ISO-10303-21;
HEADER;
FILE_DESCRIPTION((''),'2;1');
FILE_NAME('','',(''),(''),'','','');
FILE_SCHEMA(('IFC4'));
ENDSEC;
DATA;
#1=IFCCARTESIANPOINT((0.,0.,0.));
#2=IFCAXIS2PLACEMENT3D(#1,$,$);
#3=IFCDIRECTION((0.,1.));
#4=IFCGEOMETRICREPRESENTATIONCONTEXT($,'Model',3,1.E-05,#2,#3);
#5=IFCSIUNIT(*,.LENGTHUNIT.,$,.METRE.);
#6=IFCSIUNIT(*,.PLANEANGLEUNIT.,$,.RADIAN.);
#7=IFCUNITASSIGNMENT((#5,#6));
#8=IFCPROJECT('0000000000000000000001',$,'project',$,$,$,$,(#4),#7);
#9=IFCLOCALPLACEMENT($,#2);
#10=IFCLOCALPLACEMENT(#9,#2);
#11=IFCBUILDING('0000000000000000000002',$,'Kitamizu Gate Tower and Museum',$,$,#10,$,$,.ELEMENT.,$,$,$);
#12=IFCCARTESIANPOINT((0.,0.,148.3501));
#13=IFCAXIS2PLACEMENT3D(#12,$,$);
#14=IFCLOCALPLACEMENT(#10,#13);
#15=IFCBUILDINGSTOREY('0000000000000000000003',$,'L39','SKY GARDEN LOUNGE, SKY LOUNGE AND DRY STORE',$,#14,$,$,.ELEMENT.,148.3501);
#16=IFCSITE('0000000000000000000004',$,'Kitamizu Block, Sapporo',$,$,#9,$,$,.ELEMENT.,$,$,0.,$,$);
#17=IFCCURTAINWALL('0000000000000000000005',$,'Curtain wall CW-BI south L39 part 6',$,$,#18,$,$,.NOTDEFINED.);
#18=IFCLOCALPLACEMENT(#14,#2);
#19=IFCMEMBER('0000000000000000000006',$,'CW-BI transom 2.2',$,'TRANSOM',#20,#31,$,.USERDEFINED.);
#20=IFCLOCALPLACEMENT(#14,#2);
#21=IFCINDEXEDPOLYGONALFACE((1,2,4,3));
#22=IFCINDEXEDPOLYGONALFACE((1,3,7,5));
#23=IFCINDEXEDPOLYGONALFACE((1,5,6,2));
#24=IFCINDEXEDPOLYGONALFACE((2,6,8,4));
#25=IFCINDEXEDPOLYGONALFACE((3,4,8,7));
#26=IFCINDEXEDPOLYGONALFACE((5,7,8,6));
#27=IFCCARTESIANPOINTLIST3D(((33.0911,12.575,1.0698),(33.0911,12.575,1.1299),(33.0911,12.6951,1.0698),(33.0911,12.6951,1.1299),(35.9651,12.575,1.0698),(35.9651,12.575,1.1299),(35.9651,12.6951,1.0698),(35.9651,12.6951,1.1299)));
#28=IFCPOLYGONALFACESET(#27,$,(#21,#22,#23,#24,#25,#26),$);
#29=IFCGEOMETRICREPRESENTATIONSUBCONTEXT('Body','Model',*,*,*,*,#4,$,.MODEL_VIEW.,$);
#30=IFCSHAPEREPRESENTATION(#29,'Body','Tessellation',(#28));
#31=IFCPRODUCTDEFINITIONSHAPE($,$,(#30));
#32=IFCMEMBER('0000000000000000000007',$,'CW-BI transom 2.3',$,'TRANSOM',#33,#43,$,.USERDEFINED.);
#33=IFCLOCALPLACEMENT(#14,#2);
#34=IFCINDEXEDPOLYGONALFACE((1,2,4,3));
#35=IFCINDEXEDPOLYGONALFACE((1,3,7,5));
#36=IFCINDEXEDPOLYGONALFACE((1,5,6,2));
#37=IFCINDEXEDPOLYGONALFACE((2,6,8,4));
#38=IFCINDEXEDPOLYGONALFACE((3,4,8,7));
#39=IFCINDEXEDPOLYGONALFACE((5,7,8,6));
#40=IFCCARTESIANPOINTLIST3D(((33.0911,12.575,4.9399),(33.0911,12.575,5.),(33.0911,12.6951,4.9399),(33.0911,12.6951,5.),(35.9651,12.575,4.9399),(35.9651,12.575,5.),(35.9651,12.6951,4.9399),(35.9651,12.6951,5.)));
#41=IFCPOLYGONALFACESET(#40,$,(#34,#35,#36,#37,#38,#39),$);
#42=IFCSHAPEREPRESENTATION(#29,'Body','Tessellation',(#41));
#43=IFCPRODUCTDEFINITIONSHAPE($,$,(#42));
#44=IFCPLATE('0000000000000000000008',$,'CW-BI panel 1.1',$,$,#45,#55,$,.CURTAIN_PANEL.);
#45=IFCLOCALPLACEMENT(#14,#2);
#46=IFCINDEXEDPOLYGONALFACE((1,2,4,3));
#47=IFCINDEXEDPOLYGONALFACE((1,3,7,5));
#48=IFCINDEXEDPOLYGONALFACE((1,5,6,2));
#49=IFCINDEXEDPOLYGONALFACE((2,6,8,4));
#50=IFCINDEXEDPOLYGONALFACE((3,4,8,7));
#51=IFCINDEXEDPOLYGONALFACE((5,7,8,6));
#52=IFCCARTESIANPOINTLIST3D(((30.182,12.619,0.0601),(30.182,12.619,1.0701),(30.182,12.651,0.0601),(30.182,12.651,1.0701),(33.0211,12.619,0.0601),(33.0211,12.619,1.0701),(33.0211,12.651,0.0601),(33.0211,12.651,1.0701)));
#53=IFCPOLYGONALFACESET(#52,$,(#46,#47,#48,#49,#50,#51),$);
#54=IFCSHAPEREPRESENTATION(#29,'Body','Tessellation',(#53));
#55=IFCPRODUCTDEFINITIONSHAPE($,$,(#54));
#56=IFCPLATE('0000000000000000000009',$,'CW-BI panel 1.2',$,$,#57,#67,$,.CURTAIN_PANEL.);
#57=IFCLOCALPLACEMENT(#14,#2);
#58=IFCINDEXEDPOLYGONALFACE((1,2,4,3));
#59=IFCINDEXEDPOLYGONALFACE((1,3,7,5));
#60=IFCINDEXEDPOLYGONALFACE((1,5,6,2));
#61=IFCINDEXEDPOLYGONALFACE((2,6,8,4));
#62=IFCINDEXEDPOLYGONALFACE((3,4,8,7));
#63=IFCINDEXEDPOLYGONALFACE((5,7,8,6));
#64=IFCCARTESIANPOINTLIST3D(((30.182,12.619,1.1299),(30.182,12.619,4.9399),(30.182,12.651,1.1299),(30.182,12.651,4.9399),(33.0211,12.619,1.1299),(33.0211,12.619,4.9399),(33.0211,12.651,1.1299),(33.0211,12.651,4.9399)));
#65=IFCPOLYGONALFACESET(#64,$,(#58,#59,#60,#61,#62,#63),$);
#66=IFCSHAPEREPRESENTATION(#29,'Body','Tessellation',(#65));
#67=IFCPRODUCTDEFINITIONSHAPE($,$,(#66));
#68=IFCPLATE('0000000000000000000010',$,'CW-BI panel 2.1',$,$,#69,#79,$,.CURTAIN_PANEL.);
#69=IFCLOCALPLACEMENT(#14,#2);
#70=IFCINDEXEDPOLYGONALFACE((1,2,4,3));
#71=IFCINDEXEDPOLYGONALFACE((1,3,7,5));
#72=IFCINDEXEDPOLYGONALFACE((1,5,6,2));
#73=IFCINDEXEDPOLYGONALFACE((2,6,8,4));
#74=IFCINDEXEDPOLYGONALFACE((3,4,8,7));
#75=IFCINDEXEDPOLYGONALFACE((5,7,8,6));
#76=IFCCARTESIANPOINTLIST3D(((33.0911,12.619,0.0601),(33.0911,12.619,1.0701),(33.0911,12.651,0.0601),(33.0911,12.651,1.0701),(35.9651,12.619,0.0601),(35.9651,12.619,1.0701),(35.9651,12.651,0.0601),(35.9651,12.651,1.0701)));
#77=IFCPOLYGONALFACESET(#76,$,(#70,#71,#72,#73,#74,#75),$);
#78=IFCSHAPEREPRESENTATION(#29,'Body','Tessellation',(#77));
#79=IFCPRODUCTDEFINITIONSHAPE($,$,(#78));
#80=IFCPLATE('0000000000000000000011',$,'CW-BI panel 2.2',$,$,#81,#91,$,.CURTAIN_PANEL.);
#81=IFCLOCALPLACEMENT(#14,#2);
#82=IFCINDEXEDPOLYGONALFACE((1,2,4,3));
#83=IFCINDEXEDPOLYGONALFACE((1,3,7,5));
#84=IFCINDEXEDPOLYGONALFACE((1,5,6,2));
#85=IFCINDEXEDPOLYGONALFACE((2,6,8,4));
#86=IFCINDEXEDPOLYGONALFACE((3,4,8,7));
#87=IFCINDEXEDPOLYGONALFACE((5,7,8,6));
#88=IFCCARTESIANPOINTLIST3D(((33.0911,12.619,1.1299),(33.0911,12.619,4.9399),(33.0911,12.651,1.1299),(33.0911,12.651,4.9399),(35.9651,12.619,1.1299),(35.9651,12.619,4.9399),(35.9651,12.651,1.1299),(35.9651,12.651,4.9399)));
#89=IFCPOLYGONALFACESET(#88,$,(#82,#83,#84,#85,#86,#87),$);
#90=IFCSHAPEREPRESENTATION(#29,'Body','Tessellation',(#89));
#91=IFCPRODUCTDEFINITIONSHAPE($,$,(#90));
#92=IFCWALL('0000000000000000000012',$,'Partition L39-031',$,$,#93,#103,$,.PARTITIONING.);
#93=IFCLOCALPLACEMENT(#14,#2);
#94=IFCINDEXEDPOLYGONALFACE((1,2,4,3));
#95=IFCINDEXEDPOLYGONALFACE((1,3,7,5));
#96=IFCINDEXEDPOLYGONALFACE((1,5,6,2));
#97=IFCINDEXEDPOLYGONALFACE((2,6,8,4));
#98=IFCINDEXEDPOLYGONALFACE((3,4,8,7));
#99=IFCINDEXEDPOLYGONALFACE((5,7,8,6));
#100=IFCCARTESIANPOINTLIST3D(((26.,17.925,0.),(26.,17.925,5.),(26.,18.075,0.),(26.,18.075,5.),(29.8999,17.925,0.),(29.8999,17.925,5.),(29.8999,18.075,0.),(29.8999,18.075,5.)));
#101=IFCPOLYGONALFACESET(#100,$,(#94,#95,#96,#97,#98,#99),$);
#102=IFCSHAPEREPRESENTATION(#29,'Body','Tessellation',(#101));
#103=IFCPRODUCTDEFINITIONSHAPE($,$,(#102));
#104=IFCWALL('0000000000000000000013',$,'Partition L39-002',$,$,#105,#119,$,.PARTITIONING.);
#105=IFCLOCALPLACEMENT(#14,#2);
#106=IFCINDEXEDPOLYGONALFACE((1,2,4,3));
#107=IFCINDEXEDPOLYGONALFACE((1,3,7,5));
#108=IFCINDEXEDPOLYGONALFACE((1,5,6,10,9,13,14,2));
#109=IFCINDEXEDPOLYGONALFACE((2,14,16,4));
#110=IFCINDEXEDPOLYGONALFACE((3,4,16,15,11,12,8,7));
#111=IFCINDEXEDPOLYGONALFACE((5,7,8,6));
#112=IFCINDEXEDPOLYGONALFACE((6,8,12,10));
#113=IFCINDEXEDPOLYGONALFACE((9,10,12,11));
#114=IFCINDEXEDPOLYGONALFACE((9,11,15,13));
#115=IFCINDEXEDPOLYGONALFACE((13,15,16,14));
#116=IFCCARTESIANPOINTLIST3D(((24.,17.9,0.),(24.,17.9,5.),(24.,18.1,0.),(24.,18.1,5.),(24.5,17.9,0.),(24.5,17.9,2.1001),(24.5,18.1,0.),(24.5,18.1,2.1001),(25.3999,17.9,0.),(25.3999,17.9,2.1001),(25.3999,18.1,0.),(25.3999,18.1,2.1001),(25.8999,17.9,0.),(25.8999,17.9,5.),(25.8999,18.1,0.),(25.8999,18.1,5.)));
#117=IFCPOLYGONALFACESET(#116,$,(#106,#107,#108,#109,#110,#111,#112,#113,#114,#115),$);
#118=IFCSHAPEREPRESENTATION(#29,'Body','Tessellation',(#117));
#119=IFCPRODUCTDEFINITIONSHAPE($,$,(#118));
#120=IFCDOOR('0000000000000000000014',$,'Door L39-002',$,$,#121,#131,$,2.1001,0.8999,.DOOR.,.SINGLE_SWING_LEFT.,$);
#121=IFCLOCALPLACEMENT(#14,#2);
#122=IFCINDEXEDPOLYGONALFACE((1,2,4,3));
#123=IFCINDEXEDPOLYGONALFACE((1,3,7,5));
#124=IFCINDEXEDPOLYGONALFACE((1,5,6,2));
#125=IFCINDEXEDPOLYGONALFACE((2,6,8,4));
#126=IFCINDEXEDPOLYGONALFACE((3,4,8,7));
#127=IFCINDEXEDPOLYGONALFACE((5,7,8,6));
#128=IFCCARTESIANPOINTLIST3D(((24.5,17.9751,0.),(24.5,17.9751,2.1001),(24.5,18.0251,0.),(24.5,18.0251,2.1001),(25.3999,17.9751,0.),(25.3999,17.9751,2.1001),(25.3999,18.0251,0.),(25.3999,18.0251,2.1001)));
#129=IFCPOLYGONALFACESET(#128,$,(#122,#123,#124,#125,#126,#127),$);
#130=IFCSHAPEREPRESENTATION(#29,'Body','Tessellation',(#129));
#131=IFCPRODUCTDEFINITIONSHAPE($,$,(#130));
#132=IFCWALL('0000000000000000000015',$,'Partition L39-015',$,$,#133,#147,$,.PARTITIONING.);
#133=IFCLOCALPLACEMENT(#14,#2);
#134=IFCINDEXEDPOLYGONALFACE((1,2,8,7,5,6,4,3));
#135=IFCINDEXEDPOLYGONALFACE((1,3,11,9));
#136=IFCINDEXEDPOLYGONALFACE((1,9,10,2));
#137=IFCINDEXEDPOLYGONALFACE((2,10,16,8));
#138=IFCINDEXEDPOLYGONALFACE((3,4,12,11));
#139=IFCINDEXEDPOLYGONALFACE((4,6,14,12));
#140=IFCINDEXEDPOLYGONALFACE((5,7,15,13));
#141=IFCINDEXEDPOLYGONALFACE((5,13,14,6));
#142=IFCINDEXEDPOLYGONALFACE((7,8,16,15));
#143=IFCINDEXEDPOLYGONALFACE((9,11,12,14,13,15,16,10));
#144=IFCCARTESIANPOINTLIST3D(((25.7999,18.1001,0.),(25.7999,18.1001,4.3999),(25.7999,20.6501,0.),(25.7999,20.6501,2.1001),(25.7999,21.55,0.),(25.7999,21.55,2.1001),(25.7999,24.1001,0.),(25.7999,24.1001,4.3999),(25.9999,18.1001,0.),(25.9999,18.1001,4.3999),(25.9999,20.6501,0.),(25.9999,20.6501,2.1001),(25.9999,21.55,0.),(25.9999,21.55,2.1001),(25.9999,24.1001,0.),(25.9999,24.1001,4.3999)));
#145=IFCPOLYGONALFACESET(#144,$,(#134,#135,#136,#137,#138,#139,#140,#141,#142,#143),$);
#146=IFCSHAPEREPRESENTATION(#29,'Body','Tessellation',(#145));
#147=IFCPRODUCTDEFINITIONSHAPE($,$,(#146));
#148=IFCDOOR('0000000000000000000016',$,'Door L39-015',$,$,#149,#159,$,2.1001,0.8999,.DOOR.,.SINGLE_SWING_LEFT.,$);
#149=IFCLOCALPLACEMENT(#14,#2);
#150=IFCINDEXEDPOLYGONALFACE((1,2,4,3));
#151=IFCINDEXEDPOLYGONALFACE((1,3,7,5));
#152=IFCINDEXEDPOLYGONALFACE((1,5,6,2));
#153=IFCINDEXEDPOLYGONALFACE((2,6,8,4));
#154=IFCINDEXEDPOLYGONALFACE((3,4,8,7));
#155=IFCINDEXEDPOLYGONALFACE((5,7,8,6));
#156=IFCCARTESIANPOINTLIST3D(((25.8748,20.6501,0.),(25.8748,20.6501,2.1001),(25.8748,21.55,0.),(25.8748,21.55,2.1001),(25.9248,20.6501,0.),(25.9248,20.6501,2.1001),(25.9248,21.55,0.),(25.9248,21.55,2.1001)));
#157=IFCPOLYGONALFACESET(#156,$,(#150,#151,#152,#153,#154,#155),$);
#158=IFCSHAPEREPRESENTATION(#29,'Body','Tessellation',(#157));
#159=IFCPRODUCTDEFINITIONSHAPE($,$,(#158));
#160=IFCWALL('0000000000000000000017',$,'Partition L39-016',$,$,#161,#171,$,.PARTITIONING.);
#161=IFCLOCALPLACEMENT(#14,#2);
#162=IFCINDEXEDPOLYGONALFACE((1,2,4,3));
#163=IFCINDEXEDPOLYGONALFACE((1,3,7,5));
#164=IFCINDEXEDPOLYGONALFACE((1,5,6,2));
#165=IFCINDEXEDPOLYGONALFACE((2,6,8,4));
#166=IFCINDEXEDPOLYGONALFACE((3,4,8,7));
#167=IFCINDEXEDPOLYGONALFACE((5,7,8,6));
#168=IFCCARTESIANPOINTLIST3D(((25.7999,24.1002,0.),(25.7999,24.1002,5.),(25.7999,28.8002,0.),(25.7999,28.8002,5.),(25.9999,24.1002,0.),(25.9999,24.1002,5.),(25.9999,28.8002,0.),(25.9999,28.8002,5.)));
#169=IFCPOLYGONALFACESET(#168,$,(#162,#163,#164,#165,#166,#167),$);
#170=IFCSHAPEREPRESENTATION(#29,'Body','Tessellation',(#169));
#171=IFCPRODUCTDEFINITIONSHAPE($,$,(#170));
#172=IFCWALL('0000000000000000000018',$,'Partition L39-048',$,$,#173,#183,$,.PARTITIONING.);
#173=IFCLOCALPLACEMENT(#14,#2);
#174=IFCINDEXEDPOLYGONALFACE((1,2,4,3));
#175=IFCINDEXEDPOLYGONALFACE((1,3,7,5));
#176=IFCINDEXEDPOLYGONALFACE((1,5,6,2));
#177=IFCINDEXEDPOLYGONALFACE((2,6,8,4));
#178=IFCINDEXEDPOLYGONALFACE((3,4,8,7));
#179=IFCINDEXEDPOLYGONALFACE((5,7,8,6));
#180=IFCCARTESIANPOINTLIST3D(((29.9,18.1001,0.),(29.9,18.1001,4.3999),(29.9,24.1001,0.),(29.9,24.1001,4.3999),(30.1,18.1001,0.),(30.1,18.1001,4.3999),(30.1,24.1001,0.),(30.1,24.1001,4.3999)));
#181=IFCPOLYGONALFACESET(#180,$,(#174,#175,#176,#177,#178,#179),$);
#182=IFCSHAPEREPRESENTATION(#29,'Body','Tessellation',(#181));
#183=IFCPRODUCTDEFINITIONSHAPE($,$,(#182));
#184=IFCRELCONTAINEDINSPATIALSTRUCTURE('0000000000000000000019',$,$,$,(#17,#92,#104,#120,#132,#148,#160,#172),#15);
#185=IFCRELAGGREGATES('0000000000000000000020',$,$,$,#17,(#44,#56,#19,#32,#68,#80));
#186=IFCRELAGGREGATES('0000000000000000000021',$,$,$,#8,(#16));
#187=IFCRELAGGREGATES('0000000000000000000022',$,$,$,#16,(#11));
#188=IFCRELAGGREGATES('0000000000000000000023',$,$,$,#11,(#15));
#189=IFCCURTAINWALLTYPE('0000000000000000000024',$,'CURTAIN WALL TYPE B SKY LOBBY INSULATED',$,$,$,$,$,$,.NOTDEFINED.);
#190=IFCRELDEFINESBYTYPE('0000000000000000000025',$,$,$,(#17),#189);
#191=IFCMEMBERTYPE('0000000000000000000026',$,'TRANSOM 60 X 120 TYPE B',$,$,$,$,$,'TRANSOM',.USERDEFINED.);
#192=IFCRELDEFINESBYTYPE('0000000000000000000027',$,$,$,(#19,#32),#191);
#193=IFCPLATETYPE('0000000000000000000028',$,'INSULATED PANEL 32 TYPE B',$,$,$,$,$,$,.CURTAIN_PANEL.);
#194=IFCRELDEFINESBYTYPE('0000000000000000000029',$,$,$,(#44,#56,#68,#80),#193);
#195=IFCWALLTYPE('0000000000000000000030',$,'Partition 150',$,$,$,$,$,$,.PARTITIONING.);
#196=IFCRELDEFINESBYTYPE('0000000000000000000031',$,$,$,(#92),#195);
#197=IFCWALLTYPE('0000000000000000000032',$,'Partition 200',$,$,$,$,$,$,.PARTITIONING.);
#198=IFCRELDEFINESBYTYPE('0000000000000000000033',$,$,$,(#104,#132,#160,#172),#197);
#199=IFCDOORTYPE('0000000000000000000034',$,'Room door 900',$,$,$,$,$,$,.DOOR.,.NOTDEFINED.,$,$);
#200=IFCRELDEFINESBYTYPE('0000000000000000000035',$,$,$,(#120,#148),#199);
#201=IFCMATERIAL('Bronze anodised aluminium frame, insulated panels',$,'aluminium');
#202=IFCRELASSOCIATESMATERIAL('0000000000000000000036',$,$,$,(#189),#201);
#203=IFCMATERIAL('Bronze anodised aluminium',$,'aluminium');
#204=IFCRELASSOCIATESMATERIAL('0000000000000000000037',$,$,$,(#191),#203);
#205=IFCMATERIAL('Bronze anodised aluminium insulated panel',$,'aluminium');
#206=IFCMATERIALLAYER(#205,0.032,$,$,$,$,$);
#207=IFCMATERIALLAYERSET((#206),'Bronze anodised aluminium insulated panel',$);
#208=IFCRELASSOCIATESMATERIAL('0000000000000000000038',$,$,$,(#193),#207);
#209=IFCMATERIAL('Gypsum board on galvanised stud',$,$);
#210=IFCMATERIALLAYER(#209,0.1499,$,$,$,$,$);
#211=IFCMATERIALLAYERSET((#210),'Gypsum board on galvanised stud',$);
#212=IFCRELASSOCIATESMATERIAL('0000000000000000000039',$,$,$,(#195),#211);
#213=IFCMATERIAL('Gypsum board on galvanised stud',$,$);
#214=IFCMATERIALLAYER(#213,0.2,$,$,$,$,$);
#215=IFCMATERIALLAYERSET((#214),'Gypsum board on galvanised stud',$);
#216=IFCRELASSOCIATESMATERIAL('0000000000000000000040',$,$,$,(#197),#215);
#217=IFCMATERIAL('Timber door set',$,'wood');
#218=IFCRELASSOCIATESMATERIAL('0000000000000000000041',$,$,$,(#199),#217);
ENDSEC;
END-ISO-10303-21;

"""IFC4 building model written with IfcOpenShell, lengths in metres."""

from ifc_helpers import new_model, si_unit, direction, frame, frame_2d, origin, origin_2d, place, context, subcontext, project, spatial, rectangle, extrude, material, layer, layer_set, material_profile, profile_set, type_object, element, fill, aggregate, save


model = new_model("IFC4")

# Units and contexts
model_context = context("Model", 3, precision=1e-05, world=origin(), true_north=direction((0.0, 1.0)))
body_context = subcontext(model_context, "Body", "Model", "MODEL_VIEW")
ifc_project = project(units=[si_unit("LENGTHUNIT", "METRE"), si_unit("PLANEANGLEUNIT", "RADIAN")], contexts=[model_context])

# Site, building, storey
site_placement = place(None, origin())
site = spatial("IfcSite", under=ifc_project, at=site_placement, Name="Kitamizu Block, Sapporo", CompositionType="ELEMENT", RefElevation=0.0)
building_placement = place(site_placement, origin())
building = spatial("IfcBuilding", under=site, at=building_placement, Name="Kitamizu Gate Tower and Museum", CompositionType="ELEMENT")
storey_placement = place(building_placement, frame((0.0, 0.0, 148.3501)))
storey = spatial("IfcBuildingStorey", under=building, at=storey_placement, Name="L39", Description="SKY GARDEN LOUNGE, SKY LOUNGE AND DRY STORE", CompositionType="ELEMENT", Elevation=148.3501)

# Curtain wall, members, plates
ifc_material_1 = material(Name="Bronze anodised aluminium frame, insulated panels", Category="aluminium")
curtain_wall_type = type_object("IfcCurtainWallType", Name="CURTAIN WALL TYPE B SKY LOBBY INSULATED", PredefinedType="NOTDEFINED", material=ifc_material_1)
curtain_wall_placement = place(storey_placement, origin())
curtain_wall = element("IfcCurtainWall", 1, at=curtain_wall_placement, inside=storey, type_object=curtain_wall_type, Name="Curtain wall CW-BI south L39 part 6", PredefinedType="NOTDEFINED")
ifc_material_2 = material(Name="Bronze anodised aluminium", Category="aluminium")
ifc_material_profile_1 = material_profile(ifc_material_2, rectangle(XDim=0.1201, YDim=0.0601, at=origin_2d()), Name="AL 60X120")
ifc_profile_set_1 = profile_set([ifc_material_profile_1], Name="Bronze anodised aluminium")
member_type_1 = type_object("IfcMemberType", Name="TRANSOM 60 X 120 TYPE B", ElementType="TRANSOM", PredefinedType="USERDEFINED", material=ifc_profile_set_1)
member_1_placement = place(storey_placement, frame((33.0911, 12.635, 1.0999), z_axis=(1.0, 0.0, 0.0), x_axis=(0.0, 1.0, 0.0)))
member_1 = element("IfcMember", 2, at=member_1_placement, type_object=member_type_1, Name="CW-BI transom 2.2", ObjectType="TRANSOM", PredefinedType="USERDEFINED", context=body_context, shape_type="SweptSolid", body=[
    extrude(rectangle(XDim=0.1201, YDim=0.0601, at=origin_2d()), origin(), (0.0, 0.0, 1.0), 2.874),
])
member_2_placement = place(storey_placement, frame((33.0911, 12.635, 4.97), z_axis=(1.0, 0.0, 0.0), x_axis=(0.0, 1.0, 0.0)))
member_2 = element("IfcMember", 3, at=member_2_placement, type_object=member_type_1, Name="CW-BI transom 2.3", ObjectType="TRANSOM", PredefinedType="USERDEFINED", context=body_context, shape_type="SweptSolid", body=[
    extrude(rectangle(XDim=0.1201, YDim=0.0601, at=origin_2d()), origin(), (0.0, 0.0, 1.0), 2.874),
])
ifc_material_3 = material(Name="Bronze anodised aluminium insulated panel", Category="aluminium")
ifc_layer_1 = layer(ifc_material_3, 0.032)
ifc_layer_set_1 = layer_set([ifc_layer_1], Name="Bronze anodised aluminium insulated panel")
plate_type = type_object("IfcPlateType", Name="INSULATED PANEL 32 TYPE B", PredefinedType="CURTAIN_PANEL", material=ifc_layer_set_1)
plate_1_placement = place(storey_placement, frame((31.6016, 12.635, 0.0601), z_axis=(0.0, 0.0, 1.0), x_axis=(1.0, 0.0, 0.0)))
plate_1 = element("IfcPlate", 4, at=plate_1_placement, type_object=plate_type, Name="CW-BI panel 1.1", PredefinedType="CURTAIN_PANEL", context=body_context, shape_type="SweptSolid", body=[
    extrude(rectangle(XDim=2.8391, YDim=0.032, at=origin_2d()), origin(), (0.0, 0.0, 1.0), 1.01),
])
plate_2_placement = place(storey_placement, frame((31.6016, 12.635, 1.1299), z_axis=(0.0, 0.0, 1.0), x_axis=(1.0, 0.0, 0.0)))
plate_2 = element("IfcPlate", 5, at=plate_2_placement, type_object=plate_type, Name="CW-BI panel 1.2", PredefinedType="CURTAIN_PANEL", context=body_context, shape_type="SweptSolid", body=[
    extrude(rectangle(XDim=2.8391, YDim=0.032, at=origin_2d()), origin(), (0.0, 0.0, 1.0), 3.8101),
])
plate_3_placement = place(storey_placement, frame((34.5281, 12.635, 0.0601), z_axis=(0.0, 0.0, 1.0), x_axis=(1.0, 0.0, 0.0)))
plate_3 = element("IfcPlate", 6, at=plate_3_placement, type_object=plate_type, Name="CW-BI panel 2.1", PredefinedType="CURTAIN_PANEL", context=body_context, shape_type="SweptSolid", body=[
    extrude(rectangle(XDim=2.874, YDim=0.032, at=origin_2d()), origin(), (0.0, 0.0, 1.0), 1.01),
])
plate_4_placement = place(storey_placement, frame((34.5281, 12.635, 1.1299), z_axis=(0.0, 0.0, 1.0), x_axis=(1.0, 0.0, 0.0)))
plate_4 = element("IfcPlate", 7, at=plate_4_placement, type_object=plate_type, Name="CW-BI panel 2.2", PredefinedType="CURTAIN_PANEL", context=body_context, shape_type="SweptSolid", body=[
    extrude(rectangle(XDim=2.874, YDim=0.032, at=origin_2d()), origin(), (0.0, 0.0, 1.0), 3.8101),
])
aggregate(curtain_wall, [plate_1, plate_2, member_1, member_2, plate_3, plate_4])

# Wall
ifc_material_4 = material(Name="Gypsum board on galvanised stud")
ifc_layer_2 = layer(ifc_material_4, 0.1499)
ifc_layer_set_2 = layer_set([ifc_layer_2], Name="Gypsum board on galvanised stud")
wall_type_1 = type_object("IfcWallType", Name="Partition 150", PredefinedType="PARTITIONING", material=ifc_layer_set_2)
wall_1_placement = place(storey_placement, frame((29.8999, 18.0, 0.0), z_axis=(0.0, 0.0, 1.0), x_axis=(-1.0, 0.0, 0.0)))
element("IfcWall", 8, at=wall_1_placement, inside=storey, type_object=wall_type_1, Name="Partition L39-031", PredefinedType="PARTITIONING", context=body_context, shape_type="SweptSolid", body=[
    extrude(rectangle(XDim=3.8999, YDim=0.1499, at=frame_2d((1.95, 0.0))), origin(), (0.0, 0.0, 1.0), 5.0),
])

# Walls, openings, doors
ifc_material_5 = material(Name="Gypsum board on galvanised stud")
ifc_layer_3 = layer(ifc_material_5, 0.2)
ifc_layer_set_3 = layer_set([ifc_layer_3], Name="Gypsum board on galvanised stud")
wall_type_2 = type_object("IfcWallType", Name="Partition 200", PredefinedType="PARTITIONING", material=ifc_layer_set_3)
wall_2_placement = place(storey_placement, frame((24.0, 18.0, 0.0), z_axis=(0.0, 0.0, 1.0), x_axis=(1.0, 0.0, 0.0)))
wall_2 = element("IfcWall", 9, at=wall_2_placement, inside=storey, type_object=wall_type_2, Name="Partition L39-002", PredefinedType="PARTITIONING", context=body_context, shape_type="SweptSolid", body=[
    extrude(rectangle(XDim=1.8999, YDim=0.2, at=frame_2d((0.95, 0.0))), origin(), (0.0, 0.0, 1.0), 5.0),
])
opening_1_placement = place(wall_2_placement, frame((0.5, 0.0, 0.0)))
opening_1 = element("IfcOpeningElement", 10, at=opening_1_placement, cuts=wall_2, PredefinedType="OPENING", context=body_context, shape_type="SweptSolid", body=[
    extrude(rectangle(XDim=0.8999, YDim=2.1001, at=frame_2d((0.45, 1.05))), frame((0.0, 0.1099, 0.0), z_axis=(0.0, -1.0, 0.0), x_axis=(1.0, 0.0, 0.0)), (0.0, 0.0, 1.0), 0.22),
])
ifc_material_6 = material(Name="Timber door set", Category="wood")
door_type = type_object("IfcDoorType", Name="Room door 900", OperationType="NOTDEFINED", PredefinedType="DOOR", material=ifc_material_6)
door_1_placement = place(opening_1_placement, frame((0.8999, 0.0, 0.0), x_axis=(-1.0, 0.0, 0.0)))
door_1 = element("IfcDoor", 11, at=door_1_placement, inside=storey, type_object=door_type, Name="Door L39-002", OperationType="SINGLE_SWING_LEFT", OverallHeight=2.1001, OverallWidth=0.8999, PredefinedType="DOOR", context=body_context, shape_type="SweptSolid", body=[
    extrude(rectangle(XDim=0.8999, YDim=2.1001, at=frame_2d((0.45, 1.05))), frame((0.0, 0.0249, 0.0), z_axis=(0.0, -1.0, 0.0), x_axis=(1.0, 0.0, 0.0)), (0.0, 0.0, 1.0), 0.05),
])
fill(opening_1, door_1)
wall_3_placement = place(storey_placement, frame((25.8999, 18.1001, 0.0), z_axis=(0.0, 0.0, 1.0), x_axis=(0.0, 1.0, 0.0)))
wall_3 = element("IfcWall", 12, at=wall_3_placement, inside=storey, type_object=wall_type_2, Name="Partition L39-015", PredefinedType="PARTITIONING", context=body_context, shape_type="SweptSolid", body=[
    extrude(rectangle(XDim=6.0, YDim=0.2, at=frame_2d((3.0, 0.0))), origin(), (0.0, 0.0, 1.0), 4.3999),
])
opening_2_placement = place(wall_3_placement, frame((2.55, 0.0, 0.0)))
opening_2 = element("IfcOpeningElement", 13, at=opening_2_placement, cuts=wall_3, PredefinedType="OPENING", context=body_context, shape_type="SweptSolid", body=[
    extrude(rectangle(XDim=0.8999, YDim=2.1001, at=frame_2d((0.45, 1.05))), frame((0.0, 0.1099, 0.0), z_axis=(0.0, -1.0, 0.0), x_axis=(1.0, 0.0, 0.0)), (0.0, 0.0, 1.0), 0.22),
])
door_2_placement = place(opening_2_placement, frame((0.8999, 0.0, 0.0), x_axis=(-1.0, 0.0, 0.0)))
door_2 = element("IfcDoor", 14, at=door_2_placement, inside=storey, type_object=door_type, Name="Door L39-015", OperationType="SINGLE_SWING_LEFT", OverallHeight=2.1001, OverallWidth=0.8999, PredefinedType="DOOR", context=body_context, shape_type="SweptSolid", body=[
    extrude(rectangle(XDim=0.8999, YDim=2.1001, at=frame_2d((0.45, 1.05))), frame((0.0, 0.0249, 0.0), z_axis=(0.0, -1.0, 0.0), x_axis=(1.0, 0.0, 0.0)), (0.0, 0.0, 1.0), 0.05),
])
fill(opening_2, door_2)

# Walls
wall_4_placement = place(storey_placement, frame((25.8999, 24.1001, 0.0), z_axis=(0.0, 0.0, 1.0), x_axis=(0.0, 1.0, 0.0)))
element("IfcWall", 15, at=wall_4_placement, inside=storey, type_object=wall_type_2, Name="Partition L39-016", PredefinedType="PARTITIONING", context=body_context, shape_type="SweptSolid", body=[
    extrude(rectangle(XDim=4.7, YDim=0.2, at=frame_2d((2.3501, 0.0))), origin(), (0.0, 0.0, 1.0), 5.0),
])
wall_5_placement = place(storey_placement, frame((30.0, 18.1001, 0.0), z_axis=(0.0, 0.0, 1.0), x_axis=(0.0, 1.0, 0.0)))
element("IfcWall", 16, at=wall_5_placement, inside=storey, type_object=wall_type_2, Name="Partition L39-048", PredefinedType="PARTITIONING", context=body_context, shape_type="SweptSolid", body=[
    extrude(rectangle(XDim=6.0, YDim=0.2, at=frame_2d((3.0, 0.0))), origin(), (0.0, 0.0, 1.0), 4.3999),
])

save(model, "model.ifc")
